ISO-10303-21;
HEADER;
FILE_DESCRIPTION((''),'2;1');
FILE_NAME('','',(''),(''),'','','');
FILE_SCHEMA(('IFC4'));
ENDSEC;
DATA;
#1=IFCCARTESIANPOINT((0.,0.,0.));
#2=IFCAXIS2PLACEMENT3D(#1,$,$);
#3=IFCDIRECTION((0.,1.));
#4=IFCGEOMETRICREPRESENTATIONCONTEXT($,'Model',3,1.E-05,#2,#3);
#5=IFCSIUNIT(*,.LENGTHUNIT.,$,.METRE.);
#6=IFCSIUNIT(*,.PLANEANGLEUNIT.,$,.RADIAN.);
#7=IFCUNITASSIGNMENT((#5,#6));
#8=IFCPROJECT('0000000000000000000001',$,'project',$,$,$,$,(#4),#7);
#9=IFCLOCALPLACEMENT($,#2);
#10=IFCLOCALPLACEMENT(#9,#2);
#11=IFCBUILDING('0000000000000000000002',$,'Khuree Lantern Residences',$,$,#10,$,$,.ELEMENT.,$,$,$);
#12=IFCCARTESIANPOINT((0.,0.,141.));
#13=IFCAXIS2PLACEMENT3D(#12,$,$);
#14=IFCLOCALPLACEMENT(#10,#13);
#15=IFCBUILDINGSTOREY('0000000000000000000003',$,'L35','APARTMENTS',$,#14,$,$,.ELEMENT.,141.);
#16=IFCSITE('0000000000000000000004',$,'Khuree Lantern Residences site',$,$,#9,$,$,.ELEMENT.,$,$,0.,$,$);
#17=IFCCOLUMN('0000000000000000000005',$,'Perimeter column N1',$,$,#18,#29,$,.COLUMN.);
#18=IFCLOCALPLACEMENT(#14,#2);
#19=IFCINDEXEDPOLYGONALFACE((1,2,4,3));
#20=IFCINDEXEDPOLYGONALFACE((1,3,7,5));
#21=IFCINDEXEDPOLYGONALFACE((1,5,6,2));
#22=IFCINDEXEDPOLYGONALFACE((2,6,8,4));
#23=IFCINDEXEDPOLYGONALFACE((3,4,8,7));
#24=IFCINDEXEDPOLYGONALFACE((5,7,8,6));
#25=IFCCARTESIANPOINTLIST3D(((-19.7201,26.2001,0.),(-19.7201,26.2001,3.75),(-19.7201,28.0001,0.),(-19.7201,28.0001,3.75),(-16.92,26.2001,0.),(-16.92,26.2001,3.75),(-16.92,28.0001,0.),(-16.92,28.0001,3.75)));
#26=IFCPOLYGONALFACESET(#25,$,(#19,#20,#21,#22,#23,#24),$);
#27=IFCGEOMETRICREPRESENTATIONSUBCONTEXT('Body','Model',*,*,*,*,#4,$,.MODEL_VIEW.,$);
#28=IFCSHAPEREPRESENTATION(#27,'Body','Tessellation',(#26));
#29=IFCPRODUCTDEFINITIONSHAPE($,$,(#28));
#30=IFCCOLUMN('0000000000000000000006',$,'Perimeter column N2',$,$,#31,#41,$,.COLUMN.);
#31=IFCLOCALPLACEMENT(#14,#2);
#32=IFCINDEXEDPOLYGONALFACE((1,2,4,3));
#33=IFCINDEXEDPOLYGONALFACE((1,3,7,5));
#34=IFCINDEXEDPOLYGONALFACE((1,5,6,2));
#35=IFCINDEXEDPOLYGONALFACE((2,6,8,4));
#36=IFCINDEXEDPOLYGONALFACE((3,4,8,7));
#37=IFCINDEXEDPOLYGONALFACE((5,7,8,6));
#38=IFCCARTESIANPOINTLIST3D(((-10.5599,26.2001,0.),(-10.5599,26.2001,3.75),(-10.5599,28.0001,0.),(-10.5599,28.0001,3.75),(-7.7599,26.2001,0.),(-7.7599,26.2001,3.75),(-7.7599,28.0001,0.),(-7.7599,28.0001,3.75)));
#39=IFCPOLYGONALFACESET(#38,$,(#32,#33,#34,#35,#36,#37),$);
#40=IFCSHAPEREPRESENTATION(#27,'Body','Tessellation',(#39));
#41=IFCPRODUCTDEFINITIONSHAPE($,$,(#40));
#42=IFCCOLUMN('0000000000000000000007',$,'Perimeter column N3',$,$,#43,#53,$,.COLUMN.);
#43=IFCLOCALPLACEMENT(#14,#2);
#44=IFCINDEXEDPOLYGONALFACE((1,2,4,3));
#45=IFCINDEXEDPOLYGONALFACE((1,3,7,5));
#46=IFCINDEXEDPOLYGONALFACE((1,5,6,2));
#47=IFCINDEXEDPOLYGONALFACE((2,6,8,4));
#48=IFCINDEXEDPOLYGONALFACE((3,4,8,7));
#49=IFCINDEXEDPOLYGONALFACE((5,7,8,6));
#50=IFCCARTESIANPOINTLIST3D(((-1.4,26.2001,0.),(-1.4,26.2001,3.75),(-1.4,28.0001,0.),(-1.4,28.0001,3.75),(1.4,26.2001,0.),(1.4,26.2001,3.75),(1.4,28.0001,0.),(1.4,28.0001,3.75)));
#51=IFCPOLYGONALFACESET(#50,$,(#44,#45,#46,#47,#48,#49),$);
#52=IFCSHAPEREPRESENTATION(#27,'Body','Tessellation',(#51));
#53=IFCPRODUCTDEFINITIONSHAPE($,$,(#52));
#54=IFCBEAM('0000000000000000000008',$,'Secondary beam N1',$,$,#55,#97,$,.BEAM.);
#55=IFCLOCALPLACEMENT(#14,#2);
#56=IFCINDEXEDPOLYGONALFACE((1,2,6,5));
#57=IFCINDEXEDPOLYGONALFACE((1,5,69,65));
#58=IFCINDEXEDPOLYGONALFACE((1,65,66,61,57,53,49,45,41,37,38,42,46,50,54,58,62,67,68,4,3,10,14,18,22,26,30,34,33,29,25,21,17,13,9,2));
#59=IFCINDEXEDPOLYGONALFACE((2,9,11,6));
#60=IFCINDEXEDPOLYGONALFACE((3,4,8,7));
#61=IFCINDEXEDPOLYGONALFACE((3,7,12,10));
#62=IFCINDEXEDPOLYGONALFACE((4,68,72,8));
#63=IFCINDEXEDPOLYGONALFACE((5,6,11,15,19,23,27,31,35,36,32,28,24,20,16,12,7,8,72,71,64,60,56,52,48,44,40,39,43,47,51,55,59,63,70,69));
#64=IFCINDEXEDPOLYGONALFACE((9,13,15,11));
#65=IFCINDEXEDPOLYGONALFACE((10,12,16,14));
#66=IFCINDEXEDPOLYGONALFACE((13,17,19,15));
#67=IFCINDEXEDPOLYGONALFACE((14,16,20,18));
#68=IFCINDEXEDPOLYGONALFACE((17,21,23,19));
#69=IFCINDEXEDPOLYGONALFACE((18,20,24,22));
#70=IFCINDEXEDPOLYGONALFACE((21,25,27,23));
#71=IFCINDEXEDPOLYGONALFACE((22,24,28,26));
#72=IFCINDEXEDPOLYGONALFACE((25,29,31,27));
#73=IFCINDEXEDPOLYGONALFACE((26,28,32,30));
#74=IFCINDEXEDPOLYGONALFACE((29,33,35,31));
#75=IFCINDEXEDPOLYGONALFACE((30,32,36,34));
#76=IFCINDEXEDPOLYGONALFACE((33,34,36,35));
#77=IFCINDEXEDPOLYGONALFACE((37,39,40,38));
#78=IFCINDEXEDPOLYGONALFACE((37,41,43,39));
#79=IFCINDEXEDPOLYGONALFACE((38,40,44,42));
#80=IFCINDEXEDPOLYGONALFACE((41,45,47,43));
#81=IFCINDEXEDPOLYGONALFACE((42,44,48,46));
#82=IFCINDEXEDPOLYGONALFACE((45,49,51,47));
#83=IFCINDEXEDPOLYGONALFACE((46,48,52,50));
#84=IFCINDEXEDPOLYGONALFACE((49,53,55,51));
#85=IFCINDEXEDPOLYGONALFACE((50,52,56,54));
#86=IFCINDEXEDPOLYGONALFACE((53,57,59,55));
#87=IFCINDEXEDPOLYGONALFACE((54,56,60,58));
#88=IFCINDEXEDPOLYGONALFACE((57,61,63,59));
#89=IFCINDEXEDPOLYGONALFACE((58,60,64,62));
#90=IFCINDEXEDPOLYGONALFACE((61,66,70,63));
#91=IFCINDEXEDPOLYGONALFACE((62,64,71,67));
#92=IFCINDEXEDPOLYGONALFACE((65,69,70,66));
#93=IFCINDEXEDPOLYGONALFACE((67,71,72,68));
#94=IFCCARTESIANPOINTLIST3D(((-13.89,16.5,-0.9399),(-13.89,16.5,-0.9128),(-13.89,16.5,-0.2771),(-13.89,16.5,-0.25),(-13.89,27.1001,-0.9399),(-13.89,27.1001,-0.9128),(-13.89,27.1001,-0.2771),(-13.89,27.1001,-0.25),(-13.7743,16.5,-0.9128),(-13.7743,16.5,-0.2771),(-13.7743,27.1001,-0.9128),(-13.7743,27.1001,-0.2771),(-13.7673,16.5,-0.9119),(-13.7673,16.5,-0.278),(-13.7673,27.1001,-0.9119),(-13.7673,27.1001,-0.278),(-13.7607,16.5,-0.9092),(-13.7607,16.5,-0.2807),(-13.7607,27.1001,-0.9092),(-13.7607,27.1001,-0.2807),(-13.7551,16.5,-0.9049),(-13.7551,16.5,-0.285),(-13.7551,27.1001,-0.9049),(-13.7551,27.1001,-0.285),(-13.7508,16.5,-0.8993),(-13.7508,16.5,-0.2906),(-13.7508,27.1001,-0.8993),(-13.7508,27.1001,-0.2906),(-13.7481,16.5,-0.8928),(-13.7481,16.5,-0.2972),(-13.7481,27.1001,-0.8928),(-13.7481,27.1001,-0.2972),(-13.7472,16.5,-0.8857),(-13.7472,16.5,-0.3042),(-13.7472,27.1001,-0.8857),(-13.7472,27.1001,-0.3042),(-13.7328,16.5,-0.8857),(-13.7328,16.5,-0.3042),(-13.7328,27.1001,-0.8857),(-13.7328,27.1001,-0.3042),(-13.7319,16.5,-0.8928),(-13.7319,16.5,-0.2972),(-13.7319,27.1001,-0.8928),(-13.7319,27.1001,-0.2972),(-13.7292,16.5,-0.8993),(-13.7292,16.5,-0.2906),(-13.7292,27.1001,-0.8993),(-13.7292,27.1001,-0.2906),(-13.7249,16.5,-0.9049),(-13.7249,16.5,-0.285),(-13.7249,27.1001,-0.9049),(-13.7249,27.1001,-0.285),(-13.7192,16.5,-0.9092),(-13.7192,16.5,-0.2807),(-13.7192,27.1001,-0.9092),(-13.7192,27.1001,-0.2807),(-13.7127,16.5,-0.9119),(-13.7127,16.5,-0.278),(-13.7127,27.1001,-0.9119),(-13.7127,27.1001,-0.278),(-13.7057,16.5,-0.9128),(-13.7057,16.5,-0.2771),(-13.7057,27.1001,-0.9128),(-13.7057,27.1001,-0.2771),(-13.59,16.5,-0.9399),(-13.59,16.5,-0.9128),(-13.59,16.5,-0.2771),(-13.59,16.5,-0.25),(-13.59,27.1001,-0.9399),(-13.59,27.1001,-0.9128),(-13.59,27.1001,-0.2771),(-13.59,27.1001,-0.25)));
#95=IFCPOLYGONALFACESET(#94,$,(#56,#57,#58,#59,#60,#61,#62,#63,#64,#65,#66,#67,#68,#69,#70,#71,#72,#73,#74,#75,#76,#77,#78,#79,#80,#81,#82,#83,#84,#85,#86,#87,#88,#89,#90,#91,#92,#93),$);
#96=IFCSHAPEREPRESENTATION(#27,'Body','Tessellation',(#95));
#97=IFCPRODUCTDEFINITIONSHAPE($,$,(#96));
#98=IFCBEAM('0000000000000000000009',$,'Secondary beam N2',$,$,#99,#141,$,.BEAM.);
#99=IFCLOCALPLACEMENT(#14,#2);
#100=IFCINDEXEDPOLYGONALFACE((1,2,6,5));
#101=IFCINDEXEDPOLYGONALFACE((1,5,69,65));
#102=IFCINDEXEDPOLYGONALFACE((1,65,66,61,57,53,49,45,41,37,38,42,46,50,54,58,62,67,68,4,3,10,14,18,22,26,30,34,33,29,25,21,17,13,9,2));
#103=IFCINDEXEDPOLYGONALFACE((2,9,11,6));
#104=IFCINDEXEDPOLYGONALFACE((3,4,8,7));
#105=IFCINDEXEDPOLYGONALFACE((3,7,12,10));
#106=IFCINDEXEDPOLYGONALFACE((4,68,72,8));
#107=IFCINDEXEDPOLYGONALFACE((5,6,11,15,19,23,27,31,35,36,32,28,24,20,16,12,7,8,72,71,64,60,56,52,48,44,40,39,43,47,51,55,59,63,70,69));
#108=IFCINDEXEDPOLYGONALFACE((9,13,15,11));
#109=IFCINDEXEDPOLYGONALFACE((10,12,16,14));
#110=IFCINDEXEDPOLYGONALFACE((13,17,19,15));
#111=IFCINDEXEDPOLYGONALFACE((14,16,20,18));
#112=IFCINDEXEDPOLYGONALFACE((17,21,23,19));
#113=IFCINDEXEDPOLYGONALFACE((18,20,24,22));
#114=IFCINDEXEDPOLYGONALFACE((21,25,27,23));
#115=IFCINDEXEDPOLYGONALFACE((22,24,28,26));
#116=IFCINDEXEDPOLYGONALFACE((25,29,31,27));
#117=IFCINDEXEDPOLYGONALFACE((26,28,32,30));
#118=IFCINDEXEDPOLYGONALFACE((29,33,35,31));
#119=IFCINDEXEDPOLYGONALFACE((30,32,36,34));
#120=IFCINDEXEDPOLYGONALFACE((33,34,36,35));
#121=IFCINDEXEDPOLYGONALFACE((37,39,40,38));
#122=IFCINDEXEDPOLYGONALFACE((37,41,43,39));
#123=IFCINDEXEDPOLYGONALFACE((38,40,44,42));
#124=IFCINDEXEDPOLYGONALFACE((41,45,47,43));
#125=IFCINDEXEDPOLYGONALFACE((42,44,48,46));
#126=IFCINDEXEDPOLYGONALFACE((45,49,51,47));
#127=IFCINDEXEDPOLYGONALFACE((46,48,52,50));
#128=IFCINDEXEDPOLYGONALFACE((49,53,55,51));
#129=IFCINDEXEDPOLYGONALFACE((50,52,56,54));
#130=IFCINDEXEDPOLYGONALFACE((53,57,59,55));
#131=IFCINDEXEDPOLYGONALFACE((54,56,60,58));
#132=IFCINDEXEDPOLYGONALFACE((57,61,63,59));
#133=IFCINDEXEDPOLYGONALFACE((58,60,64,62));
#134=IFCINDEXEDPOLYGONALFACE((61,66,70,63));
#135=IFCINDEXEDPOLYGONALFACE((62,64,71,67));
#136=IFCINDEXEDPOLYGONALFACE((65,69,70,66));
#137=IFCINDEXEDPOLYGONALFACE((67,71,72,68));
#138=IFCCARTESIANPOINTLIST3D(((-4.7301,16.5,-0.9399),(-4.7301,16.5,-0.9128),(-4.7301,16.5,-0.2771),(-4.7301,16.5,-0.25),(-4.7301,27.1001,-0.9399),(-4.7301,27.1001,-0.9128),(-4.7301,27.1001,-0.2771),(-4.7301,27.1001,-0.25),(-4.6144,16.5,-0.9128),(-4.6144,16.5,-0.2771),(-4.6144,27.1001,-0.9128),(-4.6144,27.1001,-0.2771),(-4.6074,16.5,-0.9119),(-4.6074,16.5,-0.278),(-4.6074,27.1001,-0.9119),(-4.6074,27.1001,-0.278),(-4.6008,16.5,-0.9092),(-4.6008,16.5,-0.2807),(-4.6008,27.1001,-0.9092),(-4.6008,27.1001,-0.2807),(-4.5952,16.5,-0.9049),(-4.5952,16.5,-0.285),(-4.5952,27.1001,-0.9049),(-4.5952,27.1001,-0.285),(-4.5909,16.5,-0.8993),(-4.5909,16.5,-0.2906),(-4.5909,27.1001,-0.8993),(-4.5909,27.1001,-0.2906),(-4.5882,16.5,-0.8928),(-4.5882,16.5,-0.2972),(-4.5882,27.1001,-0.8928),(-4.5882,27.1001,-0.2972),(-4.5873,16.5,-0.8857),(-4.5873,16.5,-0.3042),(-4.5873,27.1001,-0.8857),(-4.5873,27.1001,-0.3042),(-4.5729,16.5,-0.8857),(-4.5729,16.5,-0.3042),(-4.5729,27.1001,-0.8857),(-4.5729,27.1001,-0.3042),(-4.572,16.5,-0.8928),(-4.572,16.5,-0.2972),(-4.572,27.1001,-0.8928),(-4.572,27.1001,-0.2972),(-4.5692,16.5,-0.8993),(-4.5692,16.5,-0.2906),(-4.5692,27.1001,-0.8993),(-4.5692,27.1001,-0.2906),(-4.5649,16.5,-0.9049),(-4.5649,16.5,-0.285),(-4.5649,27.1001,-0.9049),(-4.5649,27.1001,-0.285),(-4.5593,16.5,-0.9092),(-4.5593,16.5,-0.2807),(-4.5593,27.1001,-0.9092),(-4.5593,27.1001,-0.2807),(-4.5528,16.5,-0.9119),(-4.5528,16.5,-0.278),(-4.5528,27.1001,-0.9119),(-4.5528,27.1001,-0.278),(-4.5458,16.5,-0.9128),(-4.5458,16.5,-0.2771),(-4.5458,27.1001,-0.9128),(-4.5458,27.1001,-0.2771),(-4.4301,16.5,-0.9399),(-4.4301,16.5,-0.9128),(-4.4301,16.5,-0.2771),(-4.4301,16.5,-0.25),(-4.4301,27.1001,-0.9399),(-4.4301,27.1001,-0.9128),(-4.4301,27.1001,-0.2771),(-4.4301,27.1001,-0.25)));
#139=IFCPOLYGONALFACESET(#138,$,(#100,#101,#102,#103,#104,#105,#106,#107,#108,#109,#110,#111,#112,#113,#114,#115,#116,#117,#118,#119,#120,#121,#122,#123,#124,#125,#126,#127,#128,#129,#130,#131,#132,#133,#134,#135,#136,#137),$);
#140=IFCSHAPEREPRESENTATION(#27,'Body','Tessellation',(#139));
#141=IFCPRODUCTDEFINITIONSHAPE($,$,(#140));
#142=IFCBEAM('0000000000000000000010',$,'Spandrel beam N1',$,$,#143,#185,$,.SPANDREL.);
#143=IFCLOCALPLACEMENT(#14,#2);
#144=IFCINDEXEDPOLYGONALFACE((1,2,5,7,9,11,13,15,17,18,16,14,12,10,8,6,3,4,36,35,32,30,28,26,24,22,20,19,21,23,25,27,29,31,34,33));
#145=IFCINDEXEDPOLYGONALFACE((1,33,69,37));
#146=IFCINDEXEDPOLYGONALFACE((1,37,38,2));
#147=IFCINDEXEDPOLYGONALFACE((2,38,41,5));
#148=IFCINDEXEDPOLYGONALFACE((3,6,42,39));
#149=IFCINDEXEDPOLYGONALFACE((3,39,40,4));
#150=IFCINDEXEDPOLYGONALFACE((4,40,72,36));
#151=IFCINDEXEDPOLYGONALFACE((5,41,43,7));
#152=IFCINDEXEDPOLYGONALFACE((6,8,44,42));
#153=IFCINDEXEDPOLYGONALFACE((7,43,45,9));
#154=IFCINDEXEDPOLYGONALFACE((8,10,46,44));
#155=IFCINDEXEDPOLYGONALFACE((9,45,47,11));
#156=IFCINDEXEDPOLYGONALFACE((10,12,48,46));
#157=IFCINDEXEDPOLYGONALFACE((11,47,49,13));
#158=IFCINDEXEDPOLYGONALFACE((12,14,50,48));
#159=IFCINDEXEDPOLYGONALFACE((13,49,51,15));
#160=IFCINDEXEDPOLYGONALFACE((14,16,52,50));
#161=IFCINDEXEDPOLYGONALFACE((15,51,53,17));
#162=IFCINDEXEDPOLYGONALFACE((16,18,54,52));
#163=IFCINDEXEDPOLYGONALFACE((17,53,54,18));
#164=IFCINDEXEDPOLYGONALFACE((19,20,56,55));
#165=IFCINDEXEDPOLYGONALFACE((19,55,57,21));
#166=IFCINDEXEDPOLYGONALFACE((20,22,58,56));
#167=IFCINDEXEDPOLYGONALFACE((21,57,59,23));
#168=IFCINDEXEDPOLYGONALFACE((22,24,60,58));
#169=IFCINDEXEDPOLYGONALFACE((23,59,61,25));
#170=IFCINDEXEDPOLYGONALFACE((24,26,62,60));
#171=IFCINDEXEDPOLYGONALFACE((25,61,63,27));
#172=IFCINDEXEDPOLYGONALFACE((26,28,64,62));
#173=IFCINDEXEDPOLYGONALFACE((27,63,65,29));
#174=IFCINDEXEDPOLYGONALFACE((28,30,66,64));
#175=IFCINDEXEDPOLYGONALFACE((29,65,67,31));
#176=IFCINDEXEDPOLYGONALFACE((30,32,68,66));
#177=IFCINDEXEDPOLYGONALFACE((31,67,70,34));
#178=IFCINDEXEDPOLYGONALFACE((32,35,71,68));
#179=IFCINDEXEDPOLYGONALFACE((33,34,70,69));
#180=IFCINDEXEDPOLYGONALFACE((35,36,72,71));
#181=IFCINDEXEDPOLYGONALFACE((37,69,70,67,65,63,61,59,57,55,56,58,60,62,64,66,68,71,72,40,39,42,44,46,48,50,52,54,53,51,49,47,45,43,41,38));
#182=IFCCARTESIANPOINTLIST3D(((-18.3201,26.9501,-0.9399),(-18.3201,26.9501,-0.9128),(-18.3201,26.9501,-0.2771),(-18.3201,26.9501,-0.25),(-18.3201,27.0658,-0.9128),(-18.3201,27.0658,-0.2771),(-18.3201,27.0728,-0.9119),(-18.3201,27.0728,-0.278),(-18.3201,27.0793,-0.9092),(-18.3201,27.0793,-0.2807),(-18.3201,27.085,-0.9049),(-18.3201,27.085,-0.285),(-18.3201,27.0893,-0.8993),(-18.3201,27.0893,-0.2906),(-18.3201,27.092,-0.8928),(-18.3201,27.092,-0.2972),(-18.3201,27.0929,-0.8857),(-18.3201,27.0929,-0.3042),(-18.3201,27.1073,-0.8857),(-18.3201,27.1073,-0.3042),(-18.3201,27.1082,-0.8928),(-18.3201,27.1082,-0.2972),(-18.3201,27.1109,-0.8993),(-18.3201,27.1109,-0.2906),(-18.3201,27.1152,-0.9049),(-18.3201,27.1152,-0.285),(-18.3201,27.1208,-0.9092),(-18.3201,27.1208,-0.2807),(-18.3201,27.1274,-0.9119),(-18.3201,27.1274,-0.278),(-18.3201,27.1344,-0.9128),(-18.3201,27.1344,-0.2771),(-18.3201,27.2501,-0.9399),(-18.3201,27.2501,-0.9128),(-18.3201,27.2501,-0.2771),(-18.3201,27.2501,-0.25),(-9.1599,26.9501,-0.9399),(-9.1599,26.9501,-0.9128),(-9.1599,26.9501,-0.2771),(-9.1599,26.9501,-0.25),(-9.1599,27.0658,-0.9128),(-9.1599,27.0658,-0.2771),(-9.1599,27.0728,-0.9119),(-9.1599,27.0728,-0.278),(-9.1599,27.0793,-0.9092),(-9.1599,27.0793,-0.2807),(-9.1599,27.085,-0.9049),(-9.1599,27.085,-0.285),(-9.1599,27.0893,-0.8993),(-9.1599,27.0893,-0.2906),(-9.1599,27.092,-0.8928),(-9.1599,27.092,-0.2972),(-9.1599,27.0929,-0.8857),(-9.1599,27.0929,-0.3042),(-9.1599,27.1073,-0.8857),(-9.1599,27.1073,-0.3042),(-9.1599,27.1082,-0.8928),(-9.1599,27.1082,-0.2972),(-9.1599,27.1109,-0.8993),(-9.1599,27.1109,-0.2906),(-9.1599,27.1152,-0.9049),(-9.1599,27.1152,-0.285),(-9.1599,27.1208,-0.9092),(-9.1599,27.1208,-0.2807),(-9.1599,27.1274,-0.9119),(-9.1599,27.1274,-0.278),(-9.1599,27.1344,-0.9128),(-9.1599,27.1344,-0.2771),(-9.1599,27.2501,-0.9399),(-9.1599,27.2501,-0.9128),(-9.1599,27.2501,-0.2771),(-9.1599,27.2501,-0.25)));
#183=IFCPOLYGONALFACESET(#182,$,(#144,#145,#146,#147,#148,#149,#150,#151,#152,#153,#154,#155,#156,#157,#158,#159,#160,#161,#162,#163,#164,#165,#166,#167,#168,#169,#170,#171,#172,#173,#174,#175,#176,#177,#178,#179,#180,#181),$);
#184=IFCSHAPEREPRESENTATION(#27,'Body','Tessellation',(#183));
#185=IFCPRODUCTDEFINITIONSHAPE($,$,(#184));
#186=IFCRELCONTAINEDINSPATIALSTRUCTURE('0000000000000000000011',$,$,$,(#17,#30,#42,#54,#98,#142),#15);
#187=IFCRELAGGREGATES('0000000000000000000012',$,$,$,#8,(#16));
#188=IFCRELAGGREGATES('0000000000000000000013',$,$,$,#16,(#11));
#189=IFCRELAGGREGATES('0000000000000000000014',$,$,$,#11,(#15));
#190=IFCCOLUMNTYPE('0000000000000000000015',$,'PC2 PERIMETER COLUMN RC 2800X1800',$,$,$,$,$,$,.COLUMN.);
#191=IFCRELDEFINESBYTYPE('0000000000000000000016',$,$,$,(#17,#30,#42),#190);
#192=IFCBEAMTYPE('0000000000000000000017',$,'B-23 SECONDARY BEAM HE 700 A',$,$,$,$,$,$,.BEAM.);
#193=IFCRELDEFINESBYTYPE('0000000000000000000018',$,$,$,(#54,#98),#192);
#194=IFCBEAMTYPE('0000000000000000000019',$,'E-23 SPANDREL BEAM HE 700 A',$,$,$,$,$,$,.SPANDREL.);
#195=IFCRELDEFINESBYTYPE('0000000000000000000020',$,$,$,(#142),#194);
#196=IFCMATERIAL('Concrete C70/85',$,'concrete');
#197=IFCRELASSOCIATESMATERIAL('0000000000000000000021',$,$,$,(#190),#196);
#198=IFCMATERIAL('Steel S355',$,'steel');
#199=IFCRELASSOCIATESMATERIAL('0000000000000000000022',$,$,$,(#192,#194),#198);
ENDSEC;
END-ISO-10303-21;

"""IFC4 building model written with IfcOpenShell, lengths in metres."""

from ifc_helpers import new_model, si_unit, direction, frame, origin, origin_2d, place, context, subcontext, project, spatial, rectangle, i_section, extrude, material, material_profile, profile_set, type_object, element, save


model = new_model("IFC4")

# Units and contexts
model_context = context("Model", 3, precision=1e-05, world=origin(), true_north=direction((0.0, 1.0)))
body_context = subcontext(model_context, "Body", "Model", "MODEL_VIEW")
ifc_project = project(units=[si_unit("LENGTHUNIT", "METRE"), si_unit("PLANEANGLEUNIT", "RADIAN")], contexts=[model_context])

# Site, building, storey
site_placement = place(None, origin())
site = spatial("IfcSite", under=ifc_project, at=site_placement, Name="Khuree Lantern Residences site", CompositionType="ELEMENT", RefElevation=0.0)
building_placement = place(site_placement, origin())
building = spatial("IfcBuilding", under=site, at=building_placement, Name="Khuree Lantern Residences", CompositionType="ELEMENT")
storey_placement = place(building_placement, frame((0.0, 0.0, 141.0)))
storey = spatial("IfcBuildingStorey", under=building, at=storey_placement, Name="L35", Description="APARTMENTS", CompositionType="ELEMENT", Elevation=141.0)

# Columns
ifc_material_1 = material(Name="Concrete C70/85", Category="concrete")
ifc_material_profile_1 = material_profile(ifc_material_1, rectangle(XDim=2.8, YDim=1.8, at=origin_2d()), Name="RC 2800X1800")
ifc_profile_set_1 = profile_set([ifc_material_profile_1], Name="Concrete C70/85")
column_type = type_object("IfcColumnType", Name="PC2 PERIMETER COLUMN RC 2800X1800", PredefinedType="COLUMN", material=ifc_profile_set_1)
for number, where, z_axis, x_axis, name in (
    (1, (-18.3201, 27.1001, 0.0), (0.0, 0.0, 1.0), (1.0, 0.0, 0.0), "Perimeter column N1"),
    (2, (-9.1599, 27.1001, 0.0), (0.0, 0.0, 1.0), (1.0, 0.0, 0.0), "Perimeter column N2"),
    (3, (0.0, 27.1001, 0.0), (0.0, 0.0, 1.0), (1.0, 0.0, 0.0), "Perimeter column N3"),
):
    element("IfcColumn", number, at=place(storey_placement, frame(where, z_axis=z_axis, x_axis=x_axis)), inside=storey, type_object=column_type, Name=name, PredefinedType="COLUMN", context=body_context, shape_type="SweptSolid", body=[
        extrude(rectangle(XDim=2.8, YDim=1.8, at=origin_2d()), origin(), (0.0, 0.0, 1.0), 3.75),
    ])

# Beams
ifc_material_2 = material(Name="Steel S355", Category="steel")
ifc_material_profile_2 = material_profile(ifc_material_2, i_section(OverallWidth=0.3, OverallDepth=0.6899, WebThickness=0.0144, FlangeThickness=0.0271, FilletRadius=0.0271, at=origin_2d()), Name="HE 700 A")
ifc_profile_set_2 = profile_set([ifc_material_profile_2], Name="Steel S355")
beam_type_1 = type_object("IfcBeamType", Name="B-23 SECONDARY BEAM HE 700 A", PredefinedType="BEAM", material=ifc_profile_set_2)
for number, where, z_axis, x_axis, name in (
    (4, (-13.74, 27.1001, -0.595), (0.0, -1.0, 0.0), (1.0, 0.0, 0.0), "Secondary beam N1"),
    (5, (-4.5801, 27.1001, -0.595), (0.0, -1.0, 0.0), (1.0, 0.0, 0.0), "Secondary beam N2"),
):
    element("IfcBeam", number, at=place(storey_placement, frame(where, z_axis=z_axis, x_axis=x_axis)), inside=storey, type_object=beam_type_1, Name=name, PredefinedType="BEAM", context=body_context, shape_type="SweptSolid", body=[
        extrude(i_section(OverallWidth=0.3, OverallDepth=0.6899, WebThickness=0.0144, FlangeThickness=0.0271, FilletRadius=0.0271, at=origin_2d()), origin(), (0.0, 0.0, 1.0), 10.6001),
    ])
ifc_material_profile_3 = material_profile(ifc_material_2, i_section(OverallWidth=0.3, OverallDepth=0.6899, WebThickness=0.0144, FlangeThickness=0.0271, FilletRadius=0.0271, at=origin_2d()), Name="HE 700 A")
ifc_profile_set_3 = profile_set([ifc_material_profile_3], Name="Steel S355")
beam_type_2 = type_object("IfcBeamType", Name="E-23 SPANDREL BEAM HE 700 A", PredefinedType="SPANDREL", material=ifc_profile_set_3)
beam_1_placement = place(storey_placement, frame((-18.3201, 27.1001, -0.595), z_axis=(1.0, 0.0, 0.0), x_axis=(0.0, 1.0, 0.0)))
element("IfcBeam", 6, at=beam_1_placement, inside=storey, type_object=beam_type_2, Name="Spandrel beam N1", PredefinedType="SPANDREL", context=body_context, shape_type="SweptSolid", body=[
    extrude(i_section(OverallWidth=0.3, OverallDepth=0.6899, WebThickness=0.0144, FlangeThickness=0.0271, FilletRadius=0.0271, at=origin_2d()), origin(), (0.0, 0.0, 1.0), 9.1602),
])

save(model, "model.ifc")
